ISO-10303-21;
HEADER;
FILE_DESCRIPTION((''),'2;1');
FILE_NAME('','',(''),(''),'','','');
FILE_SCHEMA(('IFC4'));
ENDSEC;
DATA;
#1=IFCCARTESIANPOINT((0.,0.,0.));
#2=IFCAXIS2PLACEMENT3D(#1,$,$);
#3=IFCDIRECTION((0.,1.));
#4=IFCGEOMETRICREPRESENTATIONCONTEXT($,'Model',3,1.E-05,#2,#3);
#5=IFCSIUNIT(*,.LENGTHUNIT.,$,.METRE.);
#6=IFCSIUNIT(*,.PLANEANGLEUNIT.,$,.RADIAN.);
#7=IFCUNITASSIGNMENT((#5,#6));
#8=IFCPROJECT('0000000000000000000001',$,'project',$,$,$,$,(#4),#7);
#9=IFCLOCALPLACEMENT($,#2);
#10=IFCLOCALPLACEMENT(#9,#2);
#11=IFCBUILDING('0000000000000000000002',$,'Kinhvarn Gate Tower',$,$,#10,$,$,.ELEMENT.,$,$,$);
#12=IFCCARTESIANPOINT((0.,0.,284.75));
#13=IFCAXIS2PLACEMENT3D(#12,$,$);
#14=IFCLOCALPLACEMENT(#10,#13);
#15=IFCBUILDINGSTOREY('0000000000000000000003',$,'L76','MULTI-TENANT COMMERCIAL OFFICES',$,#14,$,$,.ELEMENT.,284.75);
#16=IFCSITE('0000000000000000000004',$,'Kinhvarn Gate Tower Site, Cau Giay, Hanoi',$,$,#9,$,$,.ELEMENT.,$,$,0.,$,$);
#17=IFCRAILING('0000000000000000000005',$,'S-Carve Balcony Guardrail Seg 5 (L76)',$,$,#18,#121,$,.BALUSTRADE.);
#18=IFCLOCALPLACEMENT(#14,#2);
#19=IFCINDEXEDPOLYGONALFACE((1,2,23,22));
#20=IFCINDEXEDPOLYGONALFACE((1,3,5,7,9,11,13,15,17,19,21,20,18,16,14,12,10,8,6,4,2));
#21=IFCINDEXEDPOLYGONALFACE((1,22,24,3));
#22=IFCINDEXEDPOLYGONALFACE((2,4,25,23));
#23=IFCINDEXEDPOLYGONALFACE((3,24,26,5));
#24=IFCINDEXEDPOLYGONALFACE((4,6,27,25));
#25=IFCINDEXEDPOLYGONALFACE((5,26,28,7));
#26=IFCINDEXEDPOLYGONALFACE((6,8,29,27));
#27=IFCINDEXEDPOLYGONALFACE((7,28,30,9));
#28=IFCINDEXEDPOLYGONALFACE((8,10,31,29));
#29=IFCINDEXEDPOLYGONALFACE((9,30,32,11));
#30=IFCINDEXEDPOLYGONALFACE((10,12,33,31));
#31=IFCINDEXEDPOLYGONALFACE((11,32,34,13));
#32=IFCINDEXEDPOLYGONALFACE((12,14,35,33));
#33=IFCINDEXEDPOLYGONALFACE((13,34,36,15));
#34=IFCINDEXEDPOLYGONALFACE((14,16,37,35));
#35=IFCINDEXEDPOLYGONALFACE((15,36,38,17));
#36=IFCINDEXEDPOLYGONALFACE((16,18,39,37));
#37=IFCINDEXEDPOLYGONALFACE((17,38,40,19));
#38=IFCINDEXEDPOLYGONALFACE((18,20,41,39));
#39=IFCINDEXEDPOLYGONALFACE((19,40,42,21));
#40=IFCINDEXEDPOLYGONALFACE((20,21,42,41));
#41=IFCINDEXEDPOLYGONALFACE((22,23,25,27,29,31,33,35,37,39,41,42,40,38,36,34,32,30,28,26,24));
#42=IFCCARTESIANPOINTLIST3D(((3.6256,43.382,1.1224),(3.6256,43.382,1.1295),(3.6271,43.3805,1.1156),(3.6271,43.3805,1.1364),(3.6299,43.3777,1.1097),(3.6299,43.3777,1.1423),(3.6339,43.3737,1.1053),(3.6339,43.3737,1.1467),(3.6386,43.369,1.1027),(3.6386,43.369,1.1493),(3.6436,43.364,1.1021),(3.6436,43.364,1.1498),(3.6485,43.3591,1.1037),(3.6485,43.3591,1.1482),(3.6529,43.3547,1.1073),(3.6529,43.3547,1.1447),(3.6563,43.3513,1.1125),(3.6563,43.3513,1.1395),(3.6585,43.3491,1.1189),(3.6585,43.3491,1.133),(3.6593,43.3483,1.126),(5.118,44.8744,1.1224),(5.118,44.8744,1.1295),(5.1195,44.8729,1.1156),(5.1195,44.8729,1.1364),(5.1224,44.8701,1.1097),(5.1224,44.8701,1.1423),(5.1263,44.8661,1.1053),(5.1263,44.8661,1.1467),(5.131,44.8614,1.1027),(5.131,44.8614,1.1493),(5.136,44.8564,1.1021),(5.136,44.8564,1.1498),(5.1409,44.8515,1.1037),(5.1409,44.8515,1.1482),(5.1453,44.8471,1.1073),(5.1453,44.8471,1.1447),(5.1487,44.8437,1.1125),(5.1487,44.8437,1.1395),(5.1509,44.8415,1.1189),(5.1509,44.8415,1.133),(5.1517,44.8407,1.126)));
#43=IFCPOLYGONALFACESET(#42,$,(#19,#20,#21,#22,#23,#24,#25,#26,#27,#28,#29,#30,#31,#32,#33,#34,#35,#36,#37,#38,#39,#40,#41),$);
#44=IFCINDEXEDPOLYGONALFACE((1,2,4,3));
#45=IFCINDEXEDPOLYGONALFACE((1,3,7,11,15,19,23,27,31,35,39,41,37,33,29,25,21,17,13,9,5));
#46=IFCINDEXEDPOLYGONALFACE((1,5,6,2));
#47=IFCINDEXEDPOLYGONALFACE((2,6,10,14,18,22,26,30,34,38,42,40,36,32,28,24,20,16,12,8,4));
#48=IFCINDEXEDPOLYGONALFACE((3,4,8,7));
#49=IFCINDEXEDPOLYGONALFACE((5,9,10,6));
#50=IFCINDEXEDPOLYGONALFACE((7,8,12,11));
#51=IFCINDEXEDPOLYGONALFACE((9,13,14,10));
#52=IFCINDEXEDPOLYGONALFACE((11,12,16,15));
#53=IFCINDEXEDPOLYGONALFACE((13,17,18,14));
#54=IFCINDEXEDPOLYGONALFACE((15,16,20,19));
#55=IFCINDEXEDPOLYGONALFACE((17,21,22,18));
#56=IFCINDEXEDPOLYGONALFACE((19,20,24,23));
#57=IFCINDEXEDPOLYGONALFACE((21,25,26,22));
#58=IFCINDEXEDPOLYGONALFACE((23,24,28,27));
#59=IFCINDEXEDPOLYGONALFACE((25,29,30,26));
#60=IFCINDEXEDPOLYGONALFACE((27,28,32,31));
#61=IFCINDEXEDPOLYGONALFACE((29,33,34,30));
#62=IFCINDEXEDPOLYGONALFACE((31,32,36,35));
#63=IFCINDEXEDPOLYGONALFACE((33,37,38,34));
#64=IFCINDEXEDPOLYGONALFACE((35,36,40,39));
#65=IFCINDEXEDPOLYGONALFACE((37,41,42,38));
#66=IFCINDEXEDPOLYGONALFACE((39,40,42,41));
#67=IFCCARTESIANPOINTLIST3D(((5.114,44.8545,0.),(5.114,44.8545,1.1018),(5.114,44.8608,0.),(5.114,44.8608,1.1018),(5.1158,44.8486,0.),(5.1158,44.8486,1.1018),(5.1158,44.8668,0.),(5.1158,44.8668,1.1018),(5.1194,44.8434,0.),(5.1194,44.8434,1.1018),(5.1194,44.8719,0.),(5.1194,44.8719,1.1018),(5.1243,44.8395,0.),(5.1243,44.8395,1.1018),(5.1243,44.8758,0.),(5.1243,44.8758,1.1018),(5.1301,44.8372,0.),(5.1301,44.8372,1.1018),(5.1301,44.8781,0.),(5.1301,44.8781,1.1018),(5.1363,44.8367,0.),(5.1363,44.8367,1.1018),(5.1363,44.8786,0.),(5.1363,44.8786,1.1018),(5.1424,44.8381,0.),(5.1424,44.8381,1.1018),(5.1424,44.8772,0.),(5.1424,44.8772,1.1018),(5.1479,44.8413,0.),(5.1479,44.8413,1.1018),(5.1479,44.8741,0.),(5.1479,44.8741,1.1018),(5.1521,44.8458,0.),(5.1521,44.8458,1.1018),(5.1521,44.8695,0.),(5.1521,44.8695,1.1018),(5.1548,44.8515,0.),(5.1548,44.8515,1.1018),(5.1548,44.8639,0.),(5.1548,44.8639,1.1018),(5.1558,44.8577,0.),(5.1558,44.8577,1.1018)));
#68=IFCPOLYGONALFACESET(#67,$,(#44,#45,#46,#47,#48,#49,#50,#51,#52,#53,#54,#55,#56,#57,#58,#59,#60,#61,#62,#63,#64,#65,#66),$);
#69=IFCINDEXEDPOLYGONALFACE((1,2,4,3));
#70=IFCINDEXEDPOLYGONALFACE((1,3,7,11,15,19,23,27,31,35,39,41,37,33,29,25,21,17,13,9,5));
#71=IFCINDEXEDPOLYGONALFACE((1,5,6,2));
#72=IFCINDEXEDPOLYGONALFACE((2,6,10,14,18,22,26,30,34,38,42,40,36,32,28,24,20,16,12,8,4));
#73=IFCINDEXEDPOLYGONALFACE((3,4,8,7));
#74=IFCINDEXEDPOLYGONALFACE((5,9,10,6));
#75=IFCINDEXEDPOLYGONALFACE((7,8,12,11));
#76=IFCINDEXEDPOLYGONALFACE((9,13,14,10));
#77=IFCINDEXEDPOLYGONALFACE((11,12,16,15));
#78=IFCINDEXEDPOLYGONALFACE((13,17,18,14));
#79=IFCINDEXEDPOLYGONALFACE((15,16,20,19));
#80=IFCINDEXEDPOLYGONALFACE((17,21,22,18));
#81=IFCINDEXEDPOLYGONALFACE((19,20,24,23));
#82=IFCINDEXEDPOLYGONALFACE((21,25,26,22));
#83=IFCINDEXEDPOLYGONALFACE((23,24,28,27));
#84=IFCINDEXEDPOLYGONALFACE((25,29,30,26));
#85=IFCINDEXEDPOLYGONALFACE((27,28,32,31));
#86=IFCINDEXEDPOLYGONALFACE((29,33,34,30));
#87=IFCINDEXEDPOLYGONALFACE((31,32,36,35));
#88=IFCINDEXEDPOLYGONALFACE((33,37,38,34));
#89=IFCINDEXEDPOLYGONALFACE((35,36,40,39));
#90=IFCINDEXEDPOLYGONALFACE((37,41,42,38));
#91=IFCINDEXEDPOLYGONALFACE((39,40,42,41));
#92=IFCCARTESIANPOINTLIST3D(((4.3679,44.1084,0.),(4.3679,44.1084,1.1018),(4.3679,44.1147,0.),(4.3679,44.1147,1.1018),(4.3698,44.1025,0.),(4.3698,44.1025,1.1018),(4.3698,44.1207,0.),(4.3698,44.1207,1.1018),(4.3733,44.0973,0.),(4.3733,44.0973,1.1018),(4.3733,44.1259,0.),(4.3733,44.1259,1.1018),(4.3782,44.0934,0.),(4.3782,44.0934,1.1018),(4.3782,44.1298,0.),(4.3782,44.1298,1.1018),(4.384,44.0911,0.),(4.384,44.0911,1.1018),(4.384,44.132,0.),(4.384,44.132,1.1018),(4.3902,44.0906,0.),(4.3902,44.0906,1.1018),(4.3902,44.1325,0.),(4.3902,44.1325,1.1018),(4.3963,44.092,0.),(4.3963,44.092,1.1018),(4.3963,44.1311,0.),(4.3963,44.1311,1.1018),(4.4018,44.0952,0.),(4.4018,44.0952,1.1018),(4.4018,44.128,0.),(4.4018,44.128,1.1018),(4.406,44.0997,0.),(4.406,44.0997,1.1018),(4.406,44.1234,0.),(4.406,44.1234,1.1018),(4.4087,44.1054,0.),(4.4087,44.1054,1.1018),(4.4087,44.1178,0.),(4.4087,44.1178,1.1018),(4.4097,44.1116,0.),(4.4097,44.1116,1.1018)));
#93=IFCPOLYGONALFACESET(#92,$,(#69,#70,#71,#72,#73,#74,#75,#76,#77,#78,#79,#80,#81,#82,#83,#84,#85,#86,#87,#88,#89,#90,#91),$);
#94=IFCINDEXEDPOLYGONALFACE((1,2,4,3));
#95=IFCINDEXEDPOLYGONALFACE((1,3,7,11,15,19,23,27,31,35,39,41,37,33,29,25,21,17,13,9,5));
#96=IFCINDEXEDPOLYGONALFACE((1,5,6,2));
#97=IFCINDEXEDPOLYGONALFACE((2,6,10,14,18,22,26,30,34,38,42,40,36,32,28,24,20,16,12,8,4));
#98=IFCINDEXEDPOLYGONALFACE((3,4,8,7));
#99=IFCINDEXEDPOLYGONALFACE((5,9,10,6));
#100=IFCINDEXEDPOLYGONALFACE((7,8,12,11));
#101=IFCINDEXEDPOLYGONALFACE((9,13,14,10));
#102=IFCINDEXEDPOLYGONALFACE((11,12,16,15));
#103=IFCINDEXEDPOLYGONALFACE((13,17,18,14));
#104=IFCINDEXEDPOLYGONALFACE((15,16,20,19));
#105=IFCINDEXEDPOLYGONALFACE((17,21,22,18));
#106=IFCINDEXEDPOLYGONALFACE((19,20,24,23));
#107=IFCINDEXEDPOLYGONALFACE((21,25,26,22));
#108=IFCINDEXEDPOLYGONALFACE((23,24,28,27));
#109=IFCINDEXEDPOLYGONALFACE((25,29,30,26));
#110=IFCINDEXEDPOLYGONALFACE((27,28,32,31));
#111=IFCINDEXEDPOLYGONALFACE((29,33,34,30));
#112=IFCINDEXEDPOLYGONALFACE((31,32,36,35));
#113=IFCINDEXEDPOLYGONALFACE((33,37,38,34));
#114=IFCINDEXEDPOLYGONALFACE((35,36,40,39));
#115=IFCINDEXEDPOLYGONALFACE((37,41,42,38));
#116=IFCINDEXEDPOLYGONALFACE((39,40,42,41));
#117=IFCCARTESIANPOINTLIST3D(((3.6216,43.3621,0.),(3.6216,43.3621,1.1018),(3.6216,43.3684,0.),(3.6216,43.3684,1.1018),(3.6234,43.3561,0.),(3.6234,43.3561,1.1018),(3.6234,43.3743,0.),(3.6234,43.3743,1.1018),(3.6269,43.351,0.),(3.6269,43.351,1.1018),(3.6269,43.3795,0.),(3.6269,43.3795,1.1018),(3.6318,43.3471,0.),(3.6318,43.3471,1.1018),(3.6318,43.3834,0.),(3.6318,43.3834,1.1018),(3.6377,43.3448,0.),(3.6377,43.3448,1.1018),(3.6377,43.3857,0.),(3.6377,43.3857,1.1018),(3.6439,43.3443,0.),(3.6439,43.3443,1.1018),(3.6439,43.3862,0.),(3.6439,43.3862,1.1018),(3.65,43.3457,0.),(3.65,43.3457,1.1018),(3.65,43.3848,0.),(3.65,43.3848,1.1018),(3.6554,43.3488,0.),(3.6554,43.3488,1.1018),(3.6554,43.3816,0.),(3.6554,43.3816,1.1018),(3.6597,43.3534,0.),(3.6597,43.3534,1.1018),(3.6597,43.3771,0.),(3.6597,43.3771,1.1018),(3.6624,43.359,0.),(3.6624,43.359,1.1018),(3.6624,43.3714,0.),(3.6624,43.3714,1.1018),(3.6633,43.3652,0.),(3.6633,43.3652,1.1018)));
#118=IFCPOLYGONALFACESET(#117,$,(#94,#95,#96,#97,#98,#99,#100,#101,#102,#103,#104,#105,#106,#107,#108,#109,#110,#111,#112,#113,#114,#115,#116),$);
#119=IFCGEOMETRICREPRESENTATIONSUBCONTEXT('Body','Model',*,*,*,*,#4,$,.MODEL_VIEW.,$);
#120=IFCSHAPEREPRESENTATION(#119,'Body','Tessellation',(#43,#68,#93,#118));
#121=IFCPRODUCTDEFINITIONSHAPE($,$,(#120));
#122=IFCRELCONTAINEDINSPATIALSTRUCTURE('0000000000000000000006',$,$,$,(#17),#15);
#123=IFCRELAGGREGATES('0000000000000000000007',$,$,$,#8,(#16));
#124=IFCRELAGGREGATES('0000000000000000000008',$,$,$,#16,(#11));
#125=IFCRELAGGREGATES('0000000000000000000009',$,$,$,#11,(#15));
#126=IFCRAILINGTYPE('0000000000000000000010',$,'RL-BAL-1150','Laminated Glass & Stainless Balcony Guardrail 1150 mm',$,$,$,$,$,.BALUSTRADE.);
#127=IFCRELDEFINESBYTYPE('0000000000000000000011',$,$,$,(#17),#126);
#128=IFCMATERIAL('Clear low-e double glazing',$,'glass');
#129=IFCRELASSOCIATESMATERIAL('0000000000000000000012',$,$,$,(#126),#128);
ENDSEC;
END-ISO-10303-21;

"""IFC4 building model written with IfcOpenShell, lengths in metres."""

from ifc_helpers import new_model, si_unit, direction, frame, origin, origin_2d, place, context, subcontext, project, spatial, circle, extrude, material, type_object, element, save


model = new_model("IFC4")

# Units and contexts
model_context = context("Model", 3, precision=1e-05, world=origin(), true_north=direction((0.0, 1.0)))
body_context = subcontext(model_context, "Body", "Model", "MODEL_VIEW")
ifc_project = project(units=[si_unit("LENGTHUNIT", "METRE"), si_unit("PLANEANGLEUNIT", "RADIAN")], contexts=[model_context])

# Site, building, storey
site_placement = place(None, origin())
site = spatial("IfcSite", under=ifc_project, at=site_placement, Name="Kinhvarn Gate Tower Site, Cau Giay, Hanoi", CompositionType="ELEMENT", RefElevation=0.0)
building_placement = place(site_placement, origin())
building = spatial("IfcBuilding", under=site, at=building_placement, Name="Kinhvarn Gate Tower", CompositionType="ELEMENT")
storey_placement = place(building_placement, frame((0.0, 0.0, 284.75)))
storey = spatial("IfcBuildingStorey", under=building, at=storey_placement, Name="L76", Description="MULTI-TENANT COMMERCIAL OFFICES", CompositionType="ELEMENT", Elevation=284.75)

# Shared definitions
ifc_material_1 = material(Name="Clear low-e double glazing", Category="glass")

# Railing
railing_type = type_object("IfcRailingType", Name="RL-BAL-1150", Description="Laminated Glass & Stainless Balcony Guardrail 1150 mm", PredefinedType="BALUSTRADE", material=ifc_material_1)
railing_1_placement = place(storey_placement, frame((5.1348, 44.8577, 0.0)))
element("IfcRailing", 1, at=railing_1_placement, inside=storey, type_object=railing_type, Name="S-Carve Balcony Guardrail Seg 5 (L76)", PredefinedType="BALUSTRADE", context=body_context, shape_type="SweptSolid", body=[
    extrude(circle(Radius=0.0239, at=origin_2d()), frame((0.0, 0.0, 1.126), z_axis=(-0.707107, -0.707107, 0.0), x_axis=(0.707107, -0.707107, 0.0)), (0.0, 0.0, 1.0), 2.1106),
    extrude(circle(Radius=0.021, at=origin_2d()), origin(), (0.0, 0.0, 1.0), 1.1018),
    extrude(circle(Radius=0.021, at=origin_2d()), frame((-0.7461, -0.7461, 0.0)), (0.0, 0.0, 1.0), 1.1018),
    extrude(circle(Radius=0.021, at=origin_2d()), frame((-1.4924, -1.4924, 0.0)), (0.0, 0.0, 1.0), 1.1018),
])

save(model, "model.ifc")
